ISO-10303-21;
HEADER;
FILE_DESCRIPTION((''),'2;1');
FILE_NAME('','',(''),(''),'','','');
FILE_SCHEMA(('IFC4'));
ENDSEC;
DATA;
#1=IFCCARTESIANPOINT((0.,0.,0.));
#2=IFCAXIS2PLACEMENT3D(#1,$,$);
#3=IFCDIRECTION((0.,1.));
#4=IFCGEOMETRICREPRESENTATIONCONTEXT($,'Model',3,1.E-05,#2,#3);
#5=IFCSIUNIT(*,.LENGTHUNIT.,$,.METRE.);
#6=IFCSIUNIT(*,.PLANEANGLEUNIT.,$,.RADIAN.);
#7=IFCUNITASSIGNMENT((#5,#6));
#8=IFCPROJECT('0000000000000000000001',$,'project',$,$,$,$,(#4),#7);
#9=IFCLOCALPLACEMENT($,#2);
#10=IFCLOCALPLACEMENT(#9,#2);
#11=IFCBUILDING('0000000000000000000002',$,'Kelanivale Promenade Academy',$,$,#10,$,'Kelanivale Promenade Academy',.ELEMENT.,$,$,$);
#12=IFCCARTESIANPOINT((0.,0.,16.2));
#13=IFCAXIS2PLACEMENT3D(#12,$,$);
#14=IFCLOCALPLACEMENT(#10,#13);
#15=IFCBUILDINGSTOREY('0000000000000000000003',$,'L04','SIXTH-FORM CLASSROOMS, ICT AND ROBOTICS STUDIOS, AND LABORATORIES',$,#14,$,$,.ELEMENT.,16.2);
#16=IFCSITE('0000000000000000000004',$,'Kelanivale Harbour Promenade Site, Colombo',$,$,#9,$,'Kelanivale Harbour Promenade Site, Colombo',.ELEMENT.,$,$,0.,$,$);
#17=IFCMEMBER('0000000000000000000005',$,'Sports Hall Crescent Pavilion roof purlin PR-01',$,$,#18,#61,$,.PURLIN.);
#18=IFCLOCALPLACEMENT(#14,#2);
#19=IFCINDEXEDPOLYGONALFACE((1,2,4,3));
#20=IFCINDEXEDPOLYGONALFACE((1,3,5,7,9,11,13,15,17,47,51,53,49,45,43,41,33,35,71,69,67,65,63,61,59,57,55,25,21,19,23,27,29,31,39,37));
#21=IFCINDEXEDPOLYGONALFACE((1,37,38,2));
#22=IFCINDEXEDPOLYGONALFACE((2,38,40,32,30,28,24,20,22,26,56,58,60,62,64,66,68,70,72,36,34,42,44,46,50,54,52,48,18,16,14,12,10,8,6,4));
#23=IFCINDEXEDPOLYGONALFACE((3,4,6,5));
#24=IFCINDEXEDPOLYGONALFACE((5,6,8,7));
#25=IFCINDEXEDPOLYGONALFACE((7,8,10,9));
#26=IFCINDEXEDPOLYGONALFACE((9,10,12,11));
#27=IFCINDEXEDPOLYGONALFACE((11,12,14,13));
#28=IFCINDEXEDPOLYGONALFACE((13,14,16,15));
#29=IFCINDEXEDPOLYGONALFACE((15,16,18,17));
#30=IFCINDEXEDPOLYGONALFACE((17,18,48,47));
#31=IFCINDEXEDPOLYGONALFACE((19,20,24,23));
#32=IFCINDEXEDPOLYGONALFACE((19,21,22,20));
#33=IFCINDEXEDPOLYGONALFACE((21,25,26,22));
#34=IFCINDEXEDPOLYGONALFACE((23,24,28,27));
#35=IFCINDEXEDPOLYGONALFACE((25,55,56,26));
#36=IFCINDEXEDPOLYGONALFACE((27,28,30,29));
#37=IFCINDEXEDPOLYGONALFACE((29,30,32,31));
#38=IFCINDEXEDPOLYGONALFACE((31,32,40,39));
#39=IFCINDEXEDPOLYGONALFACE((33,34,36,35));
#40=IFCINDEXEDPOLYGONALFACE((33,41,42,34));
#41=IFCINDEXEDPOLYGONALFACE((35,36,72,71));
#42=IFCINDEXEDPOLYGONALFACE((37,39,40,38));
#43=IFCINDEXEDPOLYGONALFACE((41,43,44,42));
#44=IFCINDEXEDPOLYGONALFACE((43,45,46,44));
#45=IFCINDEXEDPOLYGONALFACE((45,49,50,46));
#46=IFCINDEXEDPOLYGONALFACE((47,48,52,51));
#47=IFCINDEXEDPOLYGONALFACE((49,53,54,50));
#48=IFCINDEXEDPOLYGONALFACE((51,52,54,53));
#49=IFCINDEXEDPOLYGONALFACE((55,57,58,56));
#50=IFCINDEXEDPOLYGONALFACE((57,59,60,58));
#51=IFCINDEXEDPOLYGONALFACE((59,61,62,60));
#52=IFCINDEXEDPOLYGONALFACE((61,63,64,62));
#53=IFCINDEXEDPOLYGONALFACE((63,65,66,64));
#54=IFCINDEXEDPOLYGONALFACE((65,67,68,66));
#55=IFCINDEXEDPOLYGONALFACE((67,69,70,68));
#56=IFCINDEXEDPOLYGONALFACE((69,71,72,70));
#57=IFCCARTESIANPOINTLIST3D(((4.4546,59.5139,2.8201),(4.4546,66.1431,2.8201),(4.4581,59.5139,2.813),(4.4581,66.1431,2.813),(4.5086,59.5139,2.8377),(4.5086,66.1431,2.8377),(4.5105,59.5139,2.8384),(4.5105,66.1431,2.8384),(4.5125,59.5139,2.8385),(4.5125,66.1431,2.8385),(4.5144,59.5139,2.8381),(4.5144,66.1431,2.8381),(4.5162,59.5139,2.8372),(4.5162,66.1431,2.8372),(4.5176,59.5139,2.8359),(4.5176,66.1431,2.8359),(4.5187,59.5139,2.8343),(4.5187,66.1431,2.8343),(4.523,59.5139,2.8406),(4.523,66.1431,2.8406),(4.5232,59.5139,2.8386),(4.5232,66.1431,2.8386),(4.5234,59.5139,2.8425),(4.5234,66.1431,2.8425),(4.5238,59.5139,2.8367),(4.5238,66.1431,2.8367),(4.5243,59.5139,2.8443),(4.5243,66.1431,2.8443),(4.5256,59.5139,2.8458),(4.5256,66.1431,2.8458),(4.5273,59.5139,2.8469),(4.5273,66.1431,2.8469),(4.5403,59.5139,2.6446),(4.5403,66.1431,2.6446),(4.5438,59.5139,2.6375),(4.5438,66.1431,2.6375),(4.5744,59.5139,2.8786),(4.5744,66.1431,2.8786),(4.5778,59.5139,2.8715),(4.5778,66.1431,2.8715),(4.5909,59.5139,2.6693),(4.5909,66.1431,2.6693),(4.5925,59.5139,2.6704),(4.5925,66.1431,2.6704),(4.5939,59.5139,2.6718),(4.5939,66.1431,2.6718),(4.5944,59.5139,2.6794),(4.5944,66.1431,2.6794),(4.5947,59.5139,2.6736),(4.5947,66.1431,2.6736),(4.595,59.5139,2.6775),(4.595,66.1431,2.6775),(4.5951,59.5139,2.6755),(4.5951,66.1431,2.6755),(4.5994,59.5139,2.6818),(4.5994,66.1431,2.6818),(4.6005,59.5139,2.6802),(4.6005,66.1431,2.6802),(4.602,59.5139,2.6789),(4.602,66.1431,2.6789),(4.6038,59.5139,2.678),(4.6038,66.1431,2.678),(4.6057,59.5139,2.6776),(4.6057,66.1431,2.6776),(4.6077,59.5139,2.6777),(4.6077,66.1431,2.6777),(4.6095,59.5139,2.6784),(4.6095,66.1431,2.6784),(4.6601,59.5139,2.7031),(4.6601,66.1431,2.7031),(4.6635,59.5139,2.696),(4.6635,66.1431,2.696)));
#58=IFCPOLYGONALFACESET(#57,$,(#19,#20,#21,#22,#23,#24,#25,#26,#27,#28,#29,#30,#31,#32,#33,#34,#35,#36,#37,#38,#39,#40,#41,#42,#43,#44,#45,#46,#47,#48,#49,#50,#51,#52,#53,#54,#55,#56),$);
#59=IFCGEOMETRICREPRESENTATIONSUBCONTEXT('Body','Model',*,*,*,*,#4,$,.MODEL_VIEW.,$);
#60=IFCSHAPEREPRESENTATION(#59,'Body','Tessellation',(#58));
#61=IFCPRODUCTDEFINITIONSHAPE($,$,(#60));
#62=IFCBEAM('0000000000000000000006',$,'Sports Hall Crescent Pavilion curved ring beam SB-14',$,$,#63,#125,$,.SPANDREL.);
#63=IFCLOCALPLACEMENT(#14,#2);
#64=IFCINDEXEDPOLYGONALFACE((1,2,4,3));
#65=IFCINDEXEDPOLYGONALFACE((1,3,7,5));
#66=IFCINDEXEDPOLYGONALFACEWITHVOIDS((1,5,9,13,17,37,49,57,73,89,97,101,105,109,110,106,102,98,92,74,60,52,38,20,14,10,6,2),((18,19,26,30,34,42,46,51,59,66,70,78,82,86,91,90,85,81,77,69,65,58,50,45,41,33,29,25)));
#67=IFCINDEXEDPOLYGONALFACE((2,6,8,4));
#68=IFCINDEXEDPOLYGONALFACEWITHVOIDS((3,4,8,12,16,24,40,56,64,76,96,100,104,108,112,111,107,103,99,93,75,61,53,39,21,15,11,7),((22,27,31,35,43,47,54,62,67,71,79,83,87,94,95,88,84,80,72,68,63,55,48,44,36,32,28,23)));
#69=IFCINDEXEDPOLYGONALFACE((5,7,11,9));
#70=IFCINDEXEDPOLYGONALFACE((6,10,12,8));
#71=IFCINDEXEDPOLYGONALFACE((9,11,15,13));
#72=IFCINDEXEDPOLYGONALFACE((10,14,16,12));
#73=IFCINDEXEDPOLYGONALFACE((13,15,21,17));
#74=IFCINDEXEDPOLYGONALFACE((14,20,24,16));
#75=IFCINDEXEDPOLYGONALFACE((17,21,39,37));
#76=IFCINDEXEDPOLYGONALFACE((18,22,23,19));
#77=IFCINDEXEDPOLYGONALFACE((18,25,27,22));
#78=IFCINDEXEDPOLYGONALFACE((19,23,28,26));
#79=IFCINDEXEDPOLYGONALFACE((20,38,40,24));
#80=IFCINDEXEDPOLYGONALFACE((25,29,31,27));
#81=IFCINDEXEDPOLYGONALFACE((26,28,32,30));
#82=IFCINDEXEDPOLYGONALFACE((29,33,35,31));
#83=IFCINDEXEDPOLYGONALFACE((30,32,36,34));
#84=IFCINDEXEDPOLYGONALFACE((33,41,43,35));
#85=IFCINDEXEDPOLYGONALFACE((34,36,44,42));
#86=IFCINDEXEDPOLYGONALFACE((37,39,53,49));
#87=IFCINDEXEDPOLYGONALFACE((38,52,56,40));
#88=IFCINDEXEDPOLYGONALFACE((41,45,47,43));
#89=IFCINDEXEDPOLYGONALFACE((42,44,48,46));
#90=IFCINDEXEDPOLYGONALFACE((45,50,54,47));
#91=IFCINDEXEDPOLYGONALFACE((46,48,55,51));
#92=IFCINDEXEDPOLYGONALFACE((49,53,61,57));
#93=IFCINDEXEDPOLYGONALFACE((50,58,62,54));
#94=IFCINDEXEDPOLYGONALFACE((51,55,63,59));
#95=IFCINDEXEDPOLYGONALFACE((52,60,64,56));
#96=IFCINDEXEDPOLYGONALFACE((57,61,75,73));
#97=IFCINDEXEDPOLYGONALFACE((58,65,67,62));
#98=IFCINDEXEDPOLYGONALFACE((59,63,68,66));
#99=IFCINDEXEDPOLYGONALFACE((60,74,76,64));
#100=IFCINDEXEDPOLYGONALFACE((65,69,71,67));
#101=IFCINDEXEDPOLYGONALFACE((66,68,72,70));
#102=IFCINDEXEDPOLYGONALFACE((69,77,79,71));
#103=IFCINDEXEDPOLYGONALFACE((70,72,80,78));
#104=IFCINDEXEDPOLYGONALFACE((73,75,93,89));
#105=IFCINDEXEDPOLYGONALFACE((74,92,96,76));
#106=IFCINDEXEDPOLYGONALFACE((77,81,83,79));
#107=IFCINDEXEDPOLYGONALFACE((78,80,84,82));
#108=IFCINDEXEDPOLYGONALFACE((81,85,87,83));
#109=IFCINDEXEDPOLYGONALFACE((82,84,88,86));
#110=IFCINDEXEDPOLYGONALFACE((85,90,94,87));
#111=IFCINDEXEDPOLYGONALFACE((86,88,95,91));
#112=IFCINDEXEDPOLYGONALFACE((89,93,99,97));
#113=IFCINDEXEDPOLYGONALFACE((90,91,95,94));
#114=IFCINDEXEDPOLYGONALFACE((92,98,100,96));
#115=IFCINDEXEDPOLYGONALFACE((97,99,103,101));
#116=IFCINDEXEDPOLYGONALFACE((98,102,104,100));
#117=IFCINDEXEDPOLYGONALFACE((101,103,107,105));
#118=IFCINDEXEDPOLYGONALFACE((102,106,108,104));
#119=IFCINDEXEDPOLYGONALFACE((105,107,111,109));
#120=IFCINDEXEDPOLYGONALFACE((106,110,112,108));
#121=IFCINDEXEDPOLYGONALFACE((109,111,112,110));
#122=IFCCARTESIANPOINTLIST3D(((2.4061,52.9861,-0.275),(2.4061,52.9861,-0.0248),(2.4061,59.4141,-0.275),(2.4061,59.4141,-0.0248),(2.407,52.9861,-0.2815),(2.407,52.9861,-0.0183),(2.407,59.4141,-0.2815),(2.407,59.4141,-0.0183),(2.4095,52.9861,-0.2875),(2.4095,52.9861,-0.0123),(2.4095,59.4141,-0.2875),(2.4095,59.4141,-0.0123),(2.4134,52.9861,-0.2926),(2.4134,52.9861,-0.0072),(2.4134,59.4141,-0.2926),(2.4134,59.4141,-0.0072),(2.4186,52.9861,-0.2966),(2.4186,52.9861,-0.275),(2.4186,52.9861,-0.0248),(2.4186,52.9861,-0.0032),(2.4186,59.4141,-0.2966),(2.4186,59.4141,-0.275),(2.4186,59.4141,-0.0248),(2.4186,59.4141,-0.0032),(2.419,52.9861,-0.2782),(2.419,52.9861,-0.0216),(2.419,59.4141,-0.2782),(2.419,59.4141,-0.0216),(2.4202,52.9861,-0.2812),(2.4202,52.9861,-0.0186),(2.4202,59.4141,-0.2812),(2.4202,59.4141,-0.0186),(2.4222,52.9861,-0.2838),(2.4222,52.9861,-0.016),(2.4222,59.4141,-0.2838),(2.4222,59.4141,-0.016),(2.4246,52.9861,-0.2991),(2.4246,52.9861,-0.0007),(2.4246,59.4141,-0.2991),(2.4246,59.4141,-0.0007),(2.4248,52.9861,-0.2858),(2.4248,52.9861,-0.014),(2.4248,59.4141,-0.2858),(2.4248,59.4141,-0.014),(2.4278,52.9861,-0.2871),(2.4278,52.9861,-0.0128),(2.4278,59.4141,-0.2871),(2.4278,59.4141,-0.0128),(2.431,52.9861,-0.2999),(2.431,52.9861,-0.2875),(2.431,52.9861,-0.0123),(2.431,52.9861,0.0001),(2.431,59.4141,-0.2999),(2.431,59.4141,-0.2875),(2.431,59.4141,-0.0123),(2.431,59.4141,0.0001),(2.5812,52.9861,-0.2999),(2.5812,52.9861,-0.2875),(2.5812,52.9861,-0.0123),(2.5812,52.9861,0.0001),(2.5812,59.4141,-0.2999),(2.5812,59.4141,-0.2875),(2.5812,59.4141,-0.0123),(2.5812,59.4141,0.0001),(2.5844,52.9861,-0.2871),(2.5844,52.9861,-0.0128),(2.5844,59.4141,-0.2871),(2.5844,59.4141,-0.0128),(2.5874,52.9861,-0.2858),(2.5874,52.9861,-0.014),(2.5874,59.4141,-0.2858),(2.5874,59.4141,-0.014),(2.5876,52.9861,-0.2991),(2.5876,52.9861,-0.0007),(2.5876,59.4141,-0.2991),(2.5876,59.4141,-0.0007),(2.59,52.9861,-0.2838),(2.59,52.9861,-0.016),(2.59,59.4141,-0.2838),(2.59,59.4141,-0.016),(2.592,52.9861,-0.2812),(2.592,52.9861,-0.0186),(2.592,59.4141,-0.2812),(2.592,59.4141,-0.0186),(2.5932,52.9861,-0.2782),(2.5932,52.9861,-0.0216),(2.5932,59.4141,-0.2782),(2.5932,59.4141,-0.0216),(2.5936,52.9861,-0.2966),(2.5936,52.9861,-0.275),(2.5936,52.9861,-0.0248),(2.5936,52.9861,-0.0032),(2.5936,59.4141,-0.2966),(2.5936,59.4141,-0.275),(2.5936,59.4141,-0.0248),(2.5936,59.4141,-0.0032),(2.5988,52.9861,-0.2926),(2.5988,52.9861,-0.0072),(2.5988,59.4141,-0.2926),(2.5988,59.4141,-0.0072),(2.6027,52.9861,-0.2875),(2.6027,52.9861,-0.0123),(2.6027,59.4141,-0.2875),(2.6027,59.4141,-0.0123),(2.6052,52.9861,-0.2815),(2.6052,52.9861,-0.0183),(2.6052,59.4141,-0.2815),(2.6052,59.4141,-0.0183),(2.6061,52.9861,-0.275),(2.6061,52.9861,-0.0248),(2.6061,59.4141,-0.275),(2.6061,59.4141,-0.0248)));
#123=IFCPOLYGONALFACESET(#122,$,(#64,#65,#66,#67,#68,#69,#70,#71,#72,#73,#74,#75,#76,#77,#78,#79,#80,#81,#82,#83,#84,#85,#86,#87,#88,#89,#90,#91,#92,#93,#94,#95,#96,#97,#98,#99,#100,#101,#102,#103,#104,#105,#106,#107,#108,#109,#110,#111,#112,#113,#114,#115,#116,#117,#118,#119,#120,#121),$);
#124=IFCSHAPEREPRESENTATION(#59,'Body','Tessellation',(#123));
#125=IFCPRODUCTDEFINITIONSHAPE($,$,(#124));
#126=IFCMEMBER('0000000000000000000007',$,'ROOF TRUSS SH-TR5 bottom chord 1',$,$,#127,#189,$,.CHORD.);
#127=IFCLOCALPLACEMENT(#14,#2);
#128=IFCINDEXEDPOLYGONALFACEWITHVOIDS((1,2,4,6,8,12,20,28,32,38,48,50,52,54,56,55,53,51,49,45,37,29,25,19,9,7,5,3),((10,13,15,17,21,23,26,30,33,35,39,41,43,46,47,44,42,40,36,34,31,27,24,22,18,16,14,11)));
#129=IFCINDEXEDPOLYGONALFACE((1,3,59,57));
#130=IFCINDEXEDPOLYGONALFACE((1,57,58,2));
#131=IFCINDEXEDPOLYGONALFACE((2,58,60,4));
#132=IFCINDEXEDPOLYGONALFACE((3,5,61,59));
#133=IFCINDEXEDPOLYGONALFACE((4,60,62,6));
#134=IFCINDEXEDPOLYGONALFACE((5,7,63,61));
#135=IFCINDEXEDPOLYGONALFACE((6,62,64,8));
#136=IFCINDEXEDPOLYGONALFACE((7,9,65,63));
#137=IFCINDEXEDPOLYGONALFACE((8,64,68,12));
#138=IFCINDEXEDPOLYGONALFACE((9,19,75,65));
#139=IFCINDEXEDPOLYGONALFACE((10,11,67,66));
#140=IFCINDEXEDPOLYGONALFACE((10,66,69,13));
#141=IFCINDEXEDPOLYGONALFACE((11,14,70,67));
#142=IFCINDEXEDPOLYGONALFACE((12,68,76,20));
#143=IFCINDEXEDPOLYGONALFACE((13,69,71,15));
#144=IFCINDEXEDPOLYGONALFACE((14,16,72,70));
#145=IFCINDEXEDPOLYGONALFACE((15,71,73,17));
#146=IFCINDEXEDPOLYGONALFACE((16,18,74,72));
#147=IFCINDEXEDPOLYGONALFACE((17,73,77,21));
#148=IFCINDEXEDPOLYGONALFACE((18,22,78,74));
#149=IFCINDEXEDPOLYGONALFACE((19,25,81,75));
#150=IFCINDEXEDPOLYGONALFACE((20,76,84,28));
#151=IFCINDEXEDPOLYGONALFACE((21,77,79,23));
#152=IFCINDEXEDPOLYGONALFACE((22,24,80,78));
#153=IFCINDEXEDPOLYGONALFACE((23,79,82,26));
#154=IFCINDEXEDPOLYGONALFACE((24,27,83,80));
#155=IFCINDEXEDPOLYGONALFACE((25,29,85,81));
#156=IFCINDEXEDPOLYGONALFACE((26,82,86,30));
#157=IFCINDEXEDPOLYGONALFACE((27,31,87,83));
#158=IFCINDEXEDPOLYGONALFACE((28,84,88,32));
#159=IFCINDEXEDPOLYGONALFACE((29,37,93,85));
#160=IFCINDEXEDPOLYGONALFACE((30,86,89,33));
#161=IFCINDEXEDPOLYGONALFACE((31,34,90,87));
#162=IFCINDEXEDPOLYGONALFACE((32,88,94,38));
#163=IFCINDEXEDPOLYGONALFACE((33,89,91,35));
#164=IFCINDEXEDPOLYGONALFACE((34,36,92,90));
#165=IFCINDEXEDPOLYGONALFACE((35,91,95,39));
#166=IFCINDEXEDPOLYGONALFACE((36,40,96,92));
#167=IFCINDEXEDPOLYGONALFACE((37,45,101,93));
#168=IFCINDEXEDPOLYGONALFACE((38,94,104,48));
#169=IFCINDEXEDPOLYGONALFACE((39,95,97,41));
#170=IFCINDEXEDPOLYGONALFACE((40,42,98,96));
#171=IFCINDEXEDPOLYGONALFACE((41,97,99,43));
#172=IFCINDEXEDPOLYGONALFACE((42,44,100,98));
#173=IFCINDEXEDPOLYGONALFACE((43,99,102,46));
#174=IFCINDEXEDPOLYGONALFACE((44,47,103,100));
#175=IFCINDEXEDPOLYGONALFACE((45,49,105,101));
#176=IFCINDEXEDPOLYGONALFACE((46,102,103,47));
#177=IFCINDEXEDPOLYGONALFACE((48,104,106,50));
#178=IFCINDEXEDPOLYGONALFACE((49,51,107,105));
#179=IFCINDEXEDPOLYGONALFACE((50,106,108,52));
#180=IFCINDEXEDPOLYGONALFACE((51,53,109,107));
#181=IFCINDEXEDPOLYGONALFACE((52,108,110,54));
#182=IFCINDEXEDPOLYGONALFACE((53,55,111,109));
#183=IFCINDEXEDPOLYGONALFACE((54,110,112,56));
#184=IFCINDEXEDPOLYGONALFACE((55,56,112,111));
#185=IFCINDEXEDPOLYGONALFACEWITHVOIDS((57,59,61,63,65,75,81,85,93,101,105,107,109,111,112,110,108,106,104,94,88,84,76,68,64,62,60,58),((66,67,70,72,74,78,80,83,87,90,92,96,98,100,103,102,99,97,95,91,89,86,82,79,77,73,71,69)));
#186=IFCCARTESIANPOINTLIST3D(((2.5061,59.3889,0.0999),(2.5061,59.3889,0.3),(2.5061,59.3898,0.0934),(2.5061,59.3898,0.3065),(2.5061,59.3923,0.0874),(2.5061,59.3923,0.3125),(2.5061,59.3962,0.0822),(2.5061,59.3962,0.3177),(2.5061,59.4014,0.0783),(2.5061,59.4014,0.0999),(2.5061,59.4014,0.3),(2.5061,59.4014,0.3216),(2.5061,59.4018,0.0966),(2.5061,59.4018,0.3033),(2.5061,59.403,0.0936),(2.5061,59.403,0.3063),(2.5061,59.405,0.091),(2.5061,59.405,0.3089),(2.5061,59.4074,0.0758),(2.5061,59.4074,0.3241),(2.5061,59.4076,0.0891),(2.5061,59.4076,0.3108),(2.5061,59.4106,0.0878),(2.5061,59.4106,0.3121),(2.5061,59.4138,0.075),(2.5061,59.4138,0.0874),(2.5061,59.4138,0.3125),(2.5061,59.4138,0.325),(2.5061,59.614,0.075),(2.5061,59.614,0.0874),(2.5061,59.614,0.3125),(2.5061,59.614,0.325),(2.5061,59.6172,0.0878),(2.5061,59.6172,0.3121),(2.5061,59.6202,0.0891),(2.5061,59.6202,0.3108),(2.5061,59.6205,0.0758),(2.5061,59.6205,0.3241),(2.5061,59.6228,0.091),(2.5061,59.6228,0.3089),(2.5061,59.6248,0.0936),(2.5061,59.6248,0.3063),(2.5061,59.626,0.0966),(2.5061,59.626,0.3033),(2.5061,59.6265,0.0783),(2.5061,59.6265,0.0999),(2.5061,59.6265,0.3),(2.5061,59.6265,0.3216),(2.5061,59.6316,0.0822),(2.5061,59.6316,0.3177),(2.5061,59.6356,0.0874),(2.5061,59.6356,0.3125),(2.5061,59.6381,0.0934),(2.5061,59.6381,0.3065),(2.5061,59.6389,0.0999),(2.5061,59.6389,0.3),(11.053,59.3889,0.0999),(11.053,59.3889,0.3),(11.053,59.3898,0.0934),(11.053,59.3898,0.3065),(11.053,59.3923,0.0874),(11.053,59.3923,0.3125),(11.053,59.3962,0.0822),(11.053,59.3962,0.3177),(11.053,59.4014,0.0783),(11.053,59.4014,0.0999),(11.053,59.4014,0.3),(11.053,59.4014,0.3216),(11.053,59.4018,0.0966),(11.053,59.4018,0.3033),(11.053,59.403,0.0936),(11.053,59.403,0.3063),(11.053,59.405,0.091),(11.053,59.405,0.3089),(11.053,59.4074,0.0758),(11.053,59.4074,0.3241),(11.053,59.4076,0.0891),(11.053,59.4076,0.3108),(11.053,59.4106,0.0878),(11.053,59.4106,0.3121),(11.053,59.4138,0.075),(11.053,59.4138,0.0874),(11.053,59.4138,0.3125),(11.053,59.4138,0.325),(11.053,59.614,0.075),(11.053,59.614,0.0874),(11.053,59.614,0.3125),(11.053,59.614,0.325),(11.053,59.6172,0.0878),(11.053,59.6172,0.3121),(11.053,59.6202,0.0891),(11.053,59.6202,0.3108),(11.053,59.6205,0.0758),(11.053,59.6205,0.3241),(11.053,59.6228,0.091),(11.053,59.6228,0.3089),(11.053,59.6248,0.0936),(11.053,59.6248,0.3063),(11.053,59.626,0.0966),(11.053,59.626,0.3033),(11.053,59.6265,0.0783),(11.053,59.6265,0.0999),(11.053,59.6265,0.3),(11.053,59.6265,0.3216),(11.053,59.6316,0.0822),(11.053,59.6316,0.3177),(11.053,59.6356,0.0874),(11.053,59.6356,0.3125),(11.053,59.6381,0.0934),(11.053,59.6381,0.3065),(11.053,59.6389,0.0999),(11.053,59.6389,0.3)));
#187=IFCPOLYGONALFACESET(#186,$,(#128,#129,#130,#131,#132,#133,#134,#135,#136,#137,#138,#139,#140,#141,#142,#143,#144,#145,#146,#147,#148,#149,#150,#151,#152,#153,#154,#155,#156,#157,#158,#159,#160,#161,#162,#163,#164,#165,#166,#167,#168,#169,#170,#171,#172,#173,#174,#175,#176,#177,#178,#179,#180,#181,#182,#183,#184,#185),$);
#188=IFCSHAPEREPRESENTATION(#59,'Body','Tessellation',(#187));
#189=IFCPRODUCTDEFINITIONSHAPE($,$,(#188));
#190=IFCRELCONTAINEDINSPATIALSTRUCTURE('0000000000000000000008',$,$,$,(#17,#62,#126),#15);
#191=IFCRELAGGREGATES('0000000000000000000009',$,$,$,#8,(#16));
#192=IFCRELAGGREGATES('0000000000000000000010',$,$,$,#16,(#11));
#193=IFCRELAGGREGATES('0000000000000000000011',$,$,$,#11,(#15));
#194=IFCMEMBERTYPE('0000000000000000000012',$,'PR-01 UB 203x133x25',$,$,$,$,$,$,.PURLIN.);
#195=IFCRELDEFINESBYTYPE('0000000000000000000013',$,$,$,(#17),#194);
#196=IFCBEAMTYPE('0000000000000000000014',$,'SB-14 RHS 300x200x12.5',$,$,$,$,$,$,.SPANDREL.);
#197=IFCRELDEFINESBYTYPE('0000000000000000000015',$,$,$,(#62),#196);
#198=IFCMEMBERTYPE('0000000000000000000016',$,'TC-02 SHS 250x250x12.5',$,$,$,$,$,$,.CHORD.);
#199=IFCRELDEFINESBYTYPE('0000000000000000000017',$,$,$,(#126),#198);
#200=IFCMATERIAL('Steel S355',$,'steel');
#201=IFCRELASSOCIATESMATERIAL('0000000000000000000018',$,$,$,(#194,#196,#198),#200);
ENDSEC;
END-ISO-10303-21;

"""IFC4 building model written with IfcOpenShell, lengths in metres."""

from ifc_helpers import new_model, si_unit, direction, frame, origin, origin_2d, place, context, subcontext, project, spatial, hollow_rectangle, i_section, extrude, material, material_profile, profile_set, type_object, element, save


model = new_model("IFC4")

# Units and contexts
model_context = context("Model", 3, precision=1e-05, world=origin(), true_north=direction((0.0, 1.0)))
body_context = subcontext(model_context, "Body", "Model", "MODEL_VIEW")
ifc_project = project(units=[si_unit("LENGTHUNIT", "METRE"), si_unit("PLANEANGLEUNIT", "RADIAN")], contexts=[model_context])

# Site, building, storey
site_placement = place(None, origin())
site = spatial("IfcSite", under=ifc_project, at=site_placement, Name="Kelanivale Harbour Promenade Site, Colombo", LongName="Kelanivale Harbour Promenade Site, Colombo", CompositionType="ELEMENT", RefElevation=0.0)
building_placement = place(site_placement, origin())
building = spatial("IfcBuilding", under=site, at=building_placement, Name="Kelanivale Promenade Academy", LongName="Kelanivale Promenade Academy", CompositionType="ELEMENT")
storey_placement = place(building_placement, frame((0.0, 0.0, 16.2)))
storey = spatial("IfcBuildingStorey", under=building, at=storey_placement, Name="L04", Description="SIXTH-FORM CLASSROOMS, ICT AND ROBOTICS STUDIOS, AND LABORATORIES", CompositionType="ELEMENT", Elevation=16.2)

# Shared definitions
ifc_material_1 = material(Name="Steel S355", Category="steel")

# Member
ifc_material_profile_1 = material_profile(ifc_material_1, i_section(OverallWidth=0.1333, OverallDepth=0.2031, WebThickness=0.0056, FlangeThickness=0.0078, FilletRadius=0.0076, at=origin_2d()), Name="UB 203x133x25")
ifc_profile_set_1 = profile_set([ifc_material_profile_1], Name="Steel S355")
member_type_1 = type_object("IfcMemberType", Name="PR-01 UB 203x133x25", PredefinedType="PURLIN", material=ifc_profile_set_1)
member_1_placement = place(storey_placement, frame((4.5591, 59.5139, 2.7581), z_axis=(0.0, 1.0, 0.0), x_axis=(-0.898564, 0.0, -0.438842)))
element("IfcMember", 1, at=member_1_placement, inside=storey, type_object=member_type_1, Name="Sports Hall Crescent Pavilion roof purlin PR-01", PredefinedType="PURLIN", context=body_context, shape_type="SweptSolid", body=[
    extrude(i_section(OverallWidth=0.1333, OverallDepth=0.2031, WebThickness=0.0056, FlangeThickness=0.0078, FilletRadius=0.0076, at=origin_2d()), origin(), (0.0, 0.0, 1.0), 6.6292),
])

# Beam
ifc_material_profile_2 = material_profile(ifc_material_1, hollow_rectangle(XDim=0.2, YDim=0.3, WallThickness=0.0125, InnerFilletRadius=0.0125, OuterFilletRadius=0.0249, at=origin_2d()), Name="RHS 300x200x12.5")
ifc_profile_set_2 = profile_set([ifc_material_profile_2], Name="Steel S355")
beam_type = type_object("IfcBeamType", Name="SB-14 RHS 300x200x12.5", PredefinedType="SPANDREL", material=ifc_profile_set_2)
beam_placement = place(storey_placement, frame((2.5061, 52.9861, -0.1499), z_axis=(0.0, 1.0, 0.0), x_axis=(-1.0, 0.0, 0.0)))
element("IfcBeam", 2, at=beam_placement, inside=storey, type_object=beam_type, Name="Sports Hall Crescent Pavilion curved ring beam SB-14", PredefinedType="SPANDREL", context=body_context, shape_type="SweptSolid", body=[
    extrude(hollow_rectangle(XDim=0.2, YDim=0.3, WallThickness=0.0125, InnerFilletRadius=0.0125, OuterFilletRadius=0.0249, at=origin_2d()), origin(), (0.0, 0.0, 1.0), 6.428),
])

# Member
ifc_material_profile_3 = material_profile(ifc_material_1, hollow_rectangle(XDim=0.25, YDim=0.25, WallThickness=0.0125, InnerFilletRadius=0.0125, OuterFilletRadius=0.0249, at=origin_2d()), Name="SHS 250x250x12.5")
ifc_profile_set_3 = profile_set([ifc_material_profile_3], Name="Steel S355")
member_type_2 = type_object("IfcMemberType", Name="TC-02 SHS 250x250x12.5", PredefinedType="CHORD", material=ifc_profile_set_3)
member_2_placement = place(storey_placement, frame((2.5061, 59.5139, 0.2), z_axis=(1.0, 0.0, 0.0), x_axis=(0.0, 1.0, 0.0)))
element("IfcMember", 3, at=member_2_placement, inside=storey, type_object=member_type_2, Name="ROOF TRUSS SH-TR5 bottom chord 1", PredefinedType="CHORD", context=body_context, shape_type="SweptSolid", body=[
    extrude(hollow_rectangle(XDim=0.25, YDim=0.25, WallThickness=0.0125, InnerFilletRadius=0.0125, OuterFilletRadius=0.0249, at=origin_2d()), origin(), (0.0, 0.0, 1.0), 8.5469),
])

save(model, "model.ifc")
